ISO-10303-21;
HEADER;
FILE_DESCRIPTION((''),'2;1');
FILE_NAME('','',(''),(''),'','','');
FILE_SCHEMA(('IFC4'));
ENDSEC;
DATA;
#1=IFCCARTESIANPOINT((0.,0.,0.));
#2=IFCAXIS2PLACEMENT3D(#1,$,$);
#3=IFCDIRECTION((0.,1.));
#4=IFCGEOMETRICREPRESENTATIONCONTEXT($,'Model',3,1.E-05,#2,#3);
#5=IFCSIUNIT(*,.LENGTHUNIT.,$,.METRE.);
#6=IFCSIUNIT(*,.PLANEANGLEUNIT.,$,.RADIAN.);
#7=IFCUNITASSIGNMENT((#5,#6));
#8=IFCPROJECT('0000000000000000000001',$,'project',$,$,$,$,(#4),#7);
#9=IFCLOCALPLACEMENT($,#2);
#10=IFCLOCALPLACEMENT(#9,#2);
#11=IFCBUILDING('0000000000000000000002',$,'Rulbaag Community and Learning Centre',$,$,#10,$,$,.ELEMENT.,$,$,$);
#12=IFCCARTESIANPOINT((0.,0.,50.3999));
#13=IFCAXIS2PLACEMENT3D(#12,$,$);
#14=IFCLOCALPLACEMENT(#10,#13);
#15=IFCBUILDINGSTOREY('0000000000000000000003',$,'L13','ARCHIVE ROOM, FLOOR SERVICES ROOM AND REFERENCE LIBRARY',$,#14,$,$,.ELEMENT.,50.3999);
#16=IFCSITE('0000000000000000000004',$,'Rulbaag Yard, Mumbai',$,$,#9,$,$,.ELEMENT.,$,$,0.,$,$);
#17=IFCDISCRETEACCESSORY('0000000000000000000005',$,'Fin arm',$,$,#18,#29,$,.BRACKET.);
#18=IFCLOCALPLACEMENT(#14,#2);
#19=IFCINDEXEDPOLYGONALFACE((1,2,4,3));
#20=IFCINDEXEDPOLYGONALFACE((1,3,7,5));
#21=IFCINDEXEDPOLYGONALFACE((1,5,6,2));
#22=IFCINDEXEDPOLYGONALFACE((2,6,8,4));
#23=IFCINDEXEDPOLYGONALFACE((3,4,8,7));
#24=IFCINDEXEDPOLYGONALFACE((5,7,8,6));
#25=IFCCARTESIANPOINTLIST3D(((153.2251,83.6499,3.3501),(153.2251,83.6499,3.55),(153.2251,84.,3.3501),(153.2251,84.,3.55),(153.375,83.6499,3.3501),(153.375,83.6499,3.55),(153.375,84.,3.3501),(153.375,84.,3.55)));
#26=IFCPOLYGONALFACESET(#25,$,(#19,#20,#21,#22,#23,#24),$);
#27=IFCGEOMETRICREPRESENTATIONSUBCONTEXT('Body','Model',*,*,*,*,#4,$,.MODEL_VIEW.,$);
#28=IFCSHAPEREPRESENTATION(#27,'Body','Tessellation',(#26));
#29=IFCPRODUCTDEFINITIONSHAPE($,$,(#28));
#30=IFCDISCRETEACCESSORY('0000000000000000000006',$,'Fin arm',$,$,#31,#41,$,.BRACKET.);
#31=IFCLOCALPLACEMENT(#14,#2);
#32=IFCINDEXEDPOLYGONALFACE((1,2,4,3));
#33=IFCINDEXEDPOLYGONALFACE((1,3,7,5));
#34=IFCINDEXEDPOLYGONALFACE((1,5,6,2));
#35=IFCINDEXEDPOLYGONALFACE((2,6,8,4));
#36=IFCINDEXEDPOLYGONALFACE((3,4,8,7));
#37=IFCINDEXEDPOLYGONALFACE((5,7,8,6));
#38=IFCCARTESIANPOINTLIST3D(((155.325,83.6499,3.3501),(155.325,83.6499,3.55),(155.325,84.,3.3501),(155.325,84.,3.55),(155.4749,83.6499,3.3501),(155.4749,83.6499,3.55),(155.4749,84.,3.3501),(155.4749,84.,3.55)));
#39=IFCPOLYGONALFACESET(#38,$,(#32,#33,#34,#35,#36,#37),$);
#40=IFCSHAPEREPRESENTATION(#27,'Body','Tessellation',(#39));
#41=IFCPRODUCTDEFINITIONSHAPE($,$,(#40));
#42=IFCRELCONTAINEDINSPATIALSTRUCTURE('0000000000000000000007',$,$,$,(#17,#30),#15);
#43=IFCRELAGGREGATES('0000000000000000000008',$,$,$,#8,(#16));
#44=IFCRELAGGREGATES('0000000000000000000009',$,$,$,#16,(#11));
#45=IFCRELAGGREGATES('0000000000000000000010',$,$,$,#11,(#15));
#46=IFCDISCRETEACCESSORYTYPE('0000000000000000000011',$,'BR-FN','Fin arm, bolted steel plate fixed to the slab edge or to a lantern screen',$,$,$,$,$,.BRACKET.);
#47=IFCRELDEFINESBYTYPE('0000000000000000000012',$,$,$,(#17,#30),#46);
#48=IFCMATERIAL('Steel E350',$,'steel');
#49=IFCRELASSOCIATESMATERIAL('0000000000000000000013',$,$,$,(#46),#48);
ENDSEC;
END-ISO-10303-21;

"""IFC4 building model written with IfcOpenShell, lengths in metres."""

from ifc_helpers import new_model, si_unit, direction, frame, origin, origin_2d, place, context, subcontext, project, spatial, rectangle, extrude, material, type_object, element, save


model = new_model("IFC4")

# Units and contexts
model_context = context("Model", 3, precision=1e-05, world=origin(), true_north=direction((0.0, 1.0)))
body_context = subcontext(model_context, "Body", "Model", "MODEL_VIEW")
ifc_project = project(units=[si_unit("LENGTHUNIT", "METRE"), si_unit("PLANEANGLEUNIT", "RADIAN")], contexts=[model_context])

# Site, building, storey
site_placement = place(None, origin())
site = spatial("IfcSite", under=ifc_project, at=site_placement, Name="Rulbaag Yard, Mumbai", CompositionType="ELEMENT", RefElevation=0.0)
building_placement = place(site_placement, origin())
building = spatial("IfcBuilding", under=site, at=building_placement, Name="Rulbaag Community and Learning Centre", CompositionType="ELEMENT")
storey_placement = place(building_placement, frame((0.0, 0.0, 50.3999)))
storey = spatial("IfcBuildingStorey", under=building, at=storey_placement, Name="L13", Description="ARCHIVE ROOM, FLOOR SERVICES ROOM AND REFERENCE LIBRARY", CompositionType="ELEMENT", Elevation=50.3999)

# Discrete accessories
ifc_material_1 = material(Name="Steel E350", Category="steel")
discrete_accessory_type = type_object("IfcDiscreteAccessoryType", Name="BR-FN", Description="Fin arm, bolted steel plate fixed to the slab edge or to a lantern screen", PredefinedType="BRACKET", material=ifc_material_1)
for number, where, z_axis, x_axis, name in (
    (1, (153.3, 83.825, 3.3501), (0.0, 0.0, 1.0), (1.0, 0.0, 0.0), "Fin arm"),
    (2, (155.3999, 83.825, 3.3501), (0.0, 0.0, 1.0), (1.0, 0.0, 0.0), "Fin arm"),
):
    element("IfcDiscreteAccessory", number, at=place(storey_placement, frame(where, z_axis=z_axis, x_axis=x_axis)), inside=storey, type_object=discrete_accessory_type, Name=name, PredefinedType="BRACKET", context=body_context, shape_type="SweptSolid", body=[
        extrude(rectangle(XDim=0.1499, YDim=0.3501, at=origin_2d()), origin(), (0.0, 0.0, 1.0), 0.2),
    ])

save(model, "model.ifc")
